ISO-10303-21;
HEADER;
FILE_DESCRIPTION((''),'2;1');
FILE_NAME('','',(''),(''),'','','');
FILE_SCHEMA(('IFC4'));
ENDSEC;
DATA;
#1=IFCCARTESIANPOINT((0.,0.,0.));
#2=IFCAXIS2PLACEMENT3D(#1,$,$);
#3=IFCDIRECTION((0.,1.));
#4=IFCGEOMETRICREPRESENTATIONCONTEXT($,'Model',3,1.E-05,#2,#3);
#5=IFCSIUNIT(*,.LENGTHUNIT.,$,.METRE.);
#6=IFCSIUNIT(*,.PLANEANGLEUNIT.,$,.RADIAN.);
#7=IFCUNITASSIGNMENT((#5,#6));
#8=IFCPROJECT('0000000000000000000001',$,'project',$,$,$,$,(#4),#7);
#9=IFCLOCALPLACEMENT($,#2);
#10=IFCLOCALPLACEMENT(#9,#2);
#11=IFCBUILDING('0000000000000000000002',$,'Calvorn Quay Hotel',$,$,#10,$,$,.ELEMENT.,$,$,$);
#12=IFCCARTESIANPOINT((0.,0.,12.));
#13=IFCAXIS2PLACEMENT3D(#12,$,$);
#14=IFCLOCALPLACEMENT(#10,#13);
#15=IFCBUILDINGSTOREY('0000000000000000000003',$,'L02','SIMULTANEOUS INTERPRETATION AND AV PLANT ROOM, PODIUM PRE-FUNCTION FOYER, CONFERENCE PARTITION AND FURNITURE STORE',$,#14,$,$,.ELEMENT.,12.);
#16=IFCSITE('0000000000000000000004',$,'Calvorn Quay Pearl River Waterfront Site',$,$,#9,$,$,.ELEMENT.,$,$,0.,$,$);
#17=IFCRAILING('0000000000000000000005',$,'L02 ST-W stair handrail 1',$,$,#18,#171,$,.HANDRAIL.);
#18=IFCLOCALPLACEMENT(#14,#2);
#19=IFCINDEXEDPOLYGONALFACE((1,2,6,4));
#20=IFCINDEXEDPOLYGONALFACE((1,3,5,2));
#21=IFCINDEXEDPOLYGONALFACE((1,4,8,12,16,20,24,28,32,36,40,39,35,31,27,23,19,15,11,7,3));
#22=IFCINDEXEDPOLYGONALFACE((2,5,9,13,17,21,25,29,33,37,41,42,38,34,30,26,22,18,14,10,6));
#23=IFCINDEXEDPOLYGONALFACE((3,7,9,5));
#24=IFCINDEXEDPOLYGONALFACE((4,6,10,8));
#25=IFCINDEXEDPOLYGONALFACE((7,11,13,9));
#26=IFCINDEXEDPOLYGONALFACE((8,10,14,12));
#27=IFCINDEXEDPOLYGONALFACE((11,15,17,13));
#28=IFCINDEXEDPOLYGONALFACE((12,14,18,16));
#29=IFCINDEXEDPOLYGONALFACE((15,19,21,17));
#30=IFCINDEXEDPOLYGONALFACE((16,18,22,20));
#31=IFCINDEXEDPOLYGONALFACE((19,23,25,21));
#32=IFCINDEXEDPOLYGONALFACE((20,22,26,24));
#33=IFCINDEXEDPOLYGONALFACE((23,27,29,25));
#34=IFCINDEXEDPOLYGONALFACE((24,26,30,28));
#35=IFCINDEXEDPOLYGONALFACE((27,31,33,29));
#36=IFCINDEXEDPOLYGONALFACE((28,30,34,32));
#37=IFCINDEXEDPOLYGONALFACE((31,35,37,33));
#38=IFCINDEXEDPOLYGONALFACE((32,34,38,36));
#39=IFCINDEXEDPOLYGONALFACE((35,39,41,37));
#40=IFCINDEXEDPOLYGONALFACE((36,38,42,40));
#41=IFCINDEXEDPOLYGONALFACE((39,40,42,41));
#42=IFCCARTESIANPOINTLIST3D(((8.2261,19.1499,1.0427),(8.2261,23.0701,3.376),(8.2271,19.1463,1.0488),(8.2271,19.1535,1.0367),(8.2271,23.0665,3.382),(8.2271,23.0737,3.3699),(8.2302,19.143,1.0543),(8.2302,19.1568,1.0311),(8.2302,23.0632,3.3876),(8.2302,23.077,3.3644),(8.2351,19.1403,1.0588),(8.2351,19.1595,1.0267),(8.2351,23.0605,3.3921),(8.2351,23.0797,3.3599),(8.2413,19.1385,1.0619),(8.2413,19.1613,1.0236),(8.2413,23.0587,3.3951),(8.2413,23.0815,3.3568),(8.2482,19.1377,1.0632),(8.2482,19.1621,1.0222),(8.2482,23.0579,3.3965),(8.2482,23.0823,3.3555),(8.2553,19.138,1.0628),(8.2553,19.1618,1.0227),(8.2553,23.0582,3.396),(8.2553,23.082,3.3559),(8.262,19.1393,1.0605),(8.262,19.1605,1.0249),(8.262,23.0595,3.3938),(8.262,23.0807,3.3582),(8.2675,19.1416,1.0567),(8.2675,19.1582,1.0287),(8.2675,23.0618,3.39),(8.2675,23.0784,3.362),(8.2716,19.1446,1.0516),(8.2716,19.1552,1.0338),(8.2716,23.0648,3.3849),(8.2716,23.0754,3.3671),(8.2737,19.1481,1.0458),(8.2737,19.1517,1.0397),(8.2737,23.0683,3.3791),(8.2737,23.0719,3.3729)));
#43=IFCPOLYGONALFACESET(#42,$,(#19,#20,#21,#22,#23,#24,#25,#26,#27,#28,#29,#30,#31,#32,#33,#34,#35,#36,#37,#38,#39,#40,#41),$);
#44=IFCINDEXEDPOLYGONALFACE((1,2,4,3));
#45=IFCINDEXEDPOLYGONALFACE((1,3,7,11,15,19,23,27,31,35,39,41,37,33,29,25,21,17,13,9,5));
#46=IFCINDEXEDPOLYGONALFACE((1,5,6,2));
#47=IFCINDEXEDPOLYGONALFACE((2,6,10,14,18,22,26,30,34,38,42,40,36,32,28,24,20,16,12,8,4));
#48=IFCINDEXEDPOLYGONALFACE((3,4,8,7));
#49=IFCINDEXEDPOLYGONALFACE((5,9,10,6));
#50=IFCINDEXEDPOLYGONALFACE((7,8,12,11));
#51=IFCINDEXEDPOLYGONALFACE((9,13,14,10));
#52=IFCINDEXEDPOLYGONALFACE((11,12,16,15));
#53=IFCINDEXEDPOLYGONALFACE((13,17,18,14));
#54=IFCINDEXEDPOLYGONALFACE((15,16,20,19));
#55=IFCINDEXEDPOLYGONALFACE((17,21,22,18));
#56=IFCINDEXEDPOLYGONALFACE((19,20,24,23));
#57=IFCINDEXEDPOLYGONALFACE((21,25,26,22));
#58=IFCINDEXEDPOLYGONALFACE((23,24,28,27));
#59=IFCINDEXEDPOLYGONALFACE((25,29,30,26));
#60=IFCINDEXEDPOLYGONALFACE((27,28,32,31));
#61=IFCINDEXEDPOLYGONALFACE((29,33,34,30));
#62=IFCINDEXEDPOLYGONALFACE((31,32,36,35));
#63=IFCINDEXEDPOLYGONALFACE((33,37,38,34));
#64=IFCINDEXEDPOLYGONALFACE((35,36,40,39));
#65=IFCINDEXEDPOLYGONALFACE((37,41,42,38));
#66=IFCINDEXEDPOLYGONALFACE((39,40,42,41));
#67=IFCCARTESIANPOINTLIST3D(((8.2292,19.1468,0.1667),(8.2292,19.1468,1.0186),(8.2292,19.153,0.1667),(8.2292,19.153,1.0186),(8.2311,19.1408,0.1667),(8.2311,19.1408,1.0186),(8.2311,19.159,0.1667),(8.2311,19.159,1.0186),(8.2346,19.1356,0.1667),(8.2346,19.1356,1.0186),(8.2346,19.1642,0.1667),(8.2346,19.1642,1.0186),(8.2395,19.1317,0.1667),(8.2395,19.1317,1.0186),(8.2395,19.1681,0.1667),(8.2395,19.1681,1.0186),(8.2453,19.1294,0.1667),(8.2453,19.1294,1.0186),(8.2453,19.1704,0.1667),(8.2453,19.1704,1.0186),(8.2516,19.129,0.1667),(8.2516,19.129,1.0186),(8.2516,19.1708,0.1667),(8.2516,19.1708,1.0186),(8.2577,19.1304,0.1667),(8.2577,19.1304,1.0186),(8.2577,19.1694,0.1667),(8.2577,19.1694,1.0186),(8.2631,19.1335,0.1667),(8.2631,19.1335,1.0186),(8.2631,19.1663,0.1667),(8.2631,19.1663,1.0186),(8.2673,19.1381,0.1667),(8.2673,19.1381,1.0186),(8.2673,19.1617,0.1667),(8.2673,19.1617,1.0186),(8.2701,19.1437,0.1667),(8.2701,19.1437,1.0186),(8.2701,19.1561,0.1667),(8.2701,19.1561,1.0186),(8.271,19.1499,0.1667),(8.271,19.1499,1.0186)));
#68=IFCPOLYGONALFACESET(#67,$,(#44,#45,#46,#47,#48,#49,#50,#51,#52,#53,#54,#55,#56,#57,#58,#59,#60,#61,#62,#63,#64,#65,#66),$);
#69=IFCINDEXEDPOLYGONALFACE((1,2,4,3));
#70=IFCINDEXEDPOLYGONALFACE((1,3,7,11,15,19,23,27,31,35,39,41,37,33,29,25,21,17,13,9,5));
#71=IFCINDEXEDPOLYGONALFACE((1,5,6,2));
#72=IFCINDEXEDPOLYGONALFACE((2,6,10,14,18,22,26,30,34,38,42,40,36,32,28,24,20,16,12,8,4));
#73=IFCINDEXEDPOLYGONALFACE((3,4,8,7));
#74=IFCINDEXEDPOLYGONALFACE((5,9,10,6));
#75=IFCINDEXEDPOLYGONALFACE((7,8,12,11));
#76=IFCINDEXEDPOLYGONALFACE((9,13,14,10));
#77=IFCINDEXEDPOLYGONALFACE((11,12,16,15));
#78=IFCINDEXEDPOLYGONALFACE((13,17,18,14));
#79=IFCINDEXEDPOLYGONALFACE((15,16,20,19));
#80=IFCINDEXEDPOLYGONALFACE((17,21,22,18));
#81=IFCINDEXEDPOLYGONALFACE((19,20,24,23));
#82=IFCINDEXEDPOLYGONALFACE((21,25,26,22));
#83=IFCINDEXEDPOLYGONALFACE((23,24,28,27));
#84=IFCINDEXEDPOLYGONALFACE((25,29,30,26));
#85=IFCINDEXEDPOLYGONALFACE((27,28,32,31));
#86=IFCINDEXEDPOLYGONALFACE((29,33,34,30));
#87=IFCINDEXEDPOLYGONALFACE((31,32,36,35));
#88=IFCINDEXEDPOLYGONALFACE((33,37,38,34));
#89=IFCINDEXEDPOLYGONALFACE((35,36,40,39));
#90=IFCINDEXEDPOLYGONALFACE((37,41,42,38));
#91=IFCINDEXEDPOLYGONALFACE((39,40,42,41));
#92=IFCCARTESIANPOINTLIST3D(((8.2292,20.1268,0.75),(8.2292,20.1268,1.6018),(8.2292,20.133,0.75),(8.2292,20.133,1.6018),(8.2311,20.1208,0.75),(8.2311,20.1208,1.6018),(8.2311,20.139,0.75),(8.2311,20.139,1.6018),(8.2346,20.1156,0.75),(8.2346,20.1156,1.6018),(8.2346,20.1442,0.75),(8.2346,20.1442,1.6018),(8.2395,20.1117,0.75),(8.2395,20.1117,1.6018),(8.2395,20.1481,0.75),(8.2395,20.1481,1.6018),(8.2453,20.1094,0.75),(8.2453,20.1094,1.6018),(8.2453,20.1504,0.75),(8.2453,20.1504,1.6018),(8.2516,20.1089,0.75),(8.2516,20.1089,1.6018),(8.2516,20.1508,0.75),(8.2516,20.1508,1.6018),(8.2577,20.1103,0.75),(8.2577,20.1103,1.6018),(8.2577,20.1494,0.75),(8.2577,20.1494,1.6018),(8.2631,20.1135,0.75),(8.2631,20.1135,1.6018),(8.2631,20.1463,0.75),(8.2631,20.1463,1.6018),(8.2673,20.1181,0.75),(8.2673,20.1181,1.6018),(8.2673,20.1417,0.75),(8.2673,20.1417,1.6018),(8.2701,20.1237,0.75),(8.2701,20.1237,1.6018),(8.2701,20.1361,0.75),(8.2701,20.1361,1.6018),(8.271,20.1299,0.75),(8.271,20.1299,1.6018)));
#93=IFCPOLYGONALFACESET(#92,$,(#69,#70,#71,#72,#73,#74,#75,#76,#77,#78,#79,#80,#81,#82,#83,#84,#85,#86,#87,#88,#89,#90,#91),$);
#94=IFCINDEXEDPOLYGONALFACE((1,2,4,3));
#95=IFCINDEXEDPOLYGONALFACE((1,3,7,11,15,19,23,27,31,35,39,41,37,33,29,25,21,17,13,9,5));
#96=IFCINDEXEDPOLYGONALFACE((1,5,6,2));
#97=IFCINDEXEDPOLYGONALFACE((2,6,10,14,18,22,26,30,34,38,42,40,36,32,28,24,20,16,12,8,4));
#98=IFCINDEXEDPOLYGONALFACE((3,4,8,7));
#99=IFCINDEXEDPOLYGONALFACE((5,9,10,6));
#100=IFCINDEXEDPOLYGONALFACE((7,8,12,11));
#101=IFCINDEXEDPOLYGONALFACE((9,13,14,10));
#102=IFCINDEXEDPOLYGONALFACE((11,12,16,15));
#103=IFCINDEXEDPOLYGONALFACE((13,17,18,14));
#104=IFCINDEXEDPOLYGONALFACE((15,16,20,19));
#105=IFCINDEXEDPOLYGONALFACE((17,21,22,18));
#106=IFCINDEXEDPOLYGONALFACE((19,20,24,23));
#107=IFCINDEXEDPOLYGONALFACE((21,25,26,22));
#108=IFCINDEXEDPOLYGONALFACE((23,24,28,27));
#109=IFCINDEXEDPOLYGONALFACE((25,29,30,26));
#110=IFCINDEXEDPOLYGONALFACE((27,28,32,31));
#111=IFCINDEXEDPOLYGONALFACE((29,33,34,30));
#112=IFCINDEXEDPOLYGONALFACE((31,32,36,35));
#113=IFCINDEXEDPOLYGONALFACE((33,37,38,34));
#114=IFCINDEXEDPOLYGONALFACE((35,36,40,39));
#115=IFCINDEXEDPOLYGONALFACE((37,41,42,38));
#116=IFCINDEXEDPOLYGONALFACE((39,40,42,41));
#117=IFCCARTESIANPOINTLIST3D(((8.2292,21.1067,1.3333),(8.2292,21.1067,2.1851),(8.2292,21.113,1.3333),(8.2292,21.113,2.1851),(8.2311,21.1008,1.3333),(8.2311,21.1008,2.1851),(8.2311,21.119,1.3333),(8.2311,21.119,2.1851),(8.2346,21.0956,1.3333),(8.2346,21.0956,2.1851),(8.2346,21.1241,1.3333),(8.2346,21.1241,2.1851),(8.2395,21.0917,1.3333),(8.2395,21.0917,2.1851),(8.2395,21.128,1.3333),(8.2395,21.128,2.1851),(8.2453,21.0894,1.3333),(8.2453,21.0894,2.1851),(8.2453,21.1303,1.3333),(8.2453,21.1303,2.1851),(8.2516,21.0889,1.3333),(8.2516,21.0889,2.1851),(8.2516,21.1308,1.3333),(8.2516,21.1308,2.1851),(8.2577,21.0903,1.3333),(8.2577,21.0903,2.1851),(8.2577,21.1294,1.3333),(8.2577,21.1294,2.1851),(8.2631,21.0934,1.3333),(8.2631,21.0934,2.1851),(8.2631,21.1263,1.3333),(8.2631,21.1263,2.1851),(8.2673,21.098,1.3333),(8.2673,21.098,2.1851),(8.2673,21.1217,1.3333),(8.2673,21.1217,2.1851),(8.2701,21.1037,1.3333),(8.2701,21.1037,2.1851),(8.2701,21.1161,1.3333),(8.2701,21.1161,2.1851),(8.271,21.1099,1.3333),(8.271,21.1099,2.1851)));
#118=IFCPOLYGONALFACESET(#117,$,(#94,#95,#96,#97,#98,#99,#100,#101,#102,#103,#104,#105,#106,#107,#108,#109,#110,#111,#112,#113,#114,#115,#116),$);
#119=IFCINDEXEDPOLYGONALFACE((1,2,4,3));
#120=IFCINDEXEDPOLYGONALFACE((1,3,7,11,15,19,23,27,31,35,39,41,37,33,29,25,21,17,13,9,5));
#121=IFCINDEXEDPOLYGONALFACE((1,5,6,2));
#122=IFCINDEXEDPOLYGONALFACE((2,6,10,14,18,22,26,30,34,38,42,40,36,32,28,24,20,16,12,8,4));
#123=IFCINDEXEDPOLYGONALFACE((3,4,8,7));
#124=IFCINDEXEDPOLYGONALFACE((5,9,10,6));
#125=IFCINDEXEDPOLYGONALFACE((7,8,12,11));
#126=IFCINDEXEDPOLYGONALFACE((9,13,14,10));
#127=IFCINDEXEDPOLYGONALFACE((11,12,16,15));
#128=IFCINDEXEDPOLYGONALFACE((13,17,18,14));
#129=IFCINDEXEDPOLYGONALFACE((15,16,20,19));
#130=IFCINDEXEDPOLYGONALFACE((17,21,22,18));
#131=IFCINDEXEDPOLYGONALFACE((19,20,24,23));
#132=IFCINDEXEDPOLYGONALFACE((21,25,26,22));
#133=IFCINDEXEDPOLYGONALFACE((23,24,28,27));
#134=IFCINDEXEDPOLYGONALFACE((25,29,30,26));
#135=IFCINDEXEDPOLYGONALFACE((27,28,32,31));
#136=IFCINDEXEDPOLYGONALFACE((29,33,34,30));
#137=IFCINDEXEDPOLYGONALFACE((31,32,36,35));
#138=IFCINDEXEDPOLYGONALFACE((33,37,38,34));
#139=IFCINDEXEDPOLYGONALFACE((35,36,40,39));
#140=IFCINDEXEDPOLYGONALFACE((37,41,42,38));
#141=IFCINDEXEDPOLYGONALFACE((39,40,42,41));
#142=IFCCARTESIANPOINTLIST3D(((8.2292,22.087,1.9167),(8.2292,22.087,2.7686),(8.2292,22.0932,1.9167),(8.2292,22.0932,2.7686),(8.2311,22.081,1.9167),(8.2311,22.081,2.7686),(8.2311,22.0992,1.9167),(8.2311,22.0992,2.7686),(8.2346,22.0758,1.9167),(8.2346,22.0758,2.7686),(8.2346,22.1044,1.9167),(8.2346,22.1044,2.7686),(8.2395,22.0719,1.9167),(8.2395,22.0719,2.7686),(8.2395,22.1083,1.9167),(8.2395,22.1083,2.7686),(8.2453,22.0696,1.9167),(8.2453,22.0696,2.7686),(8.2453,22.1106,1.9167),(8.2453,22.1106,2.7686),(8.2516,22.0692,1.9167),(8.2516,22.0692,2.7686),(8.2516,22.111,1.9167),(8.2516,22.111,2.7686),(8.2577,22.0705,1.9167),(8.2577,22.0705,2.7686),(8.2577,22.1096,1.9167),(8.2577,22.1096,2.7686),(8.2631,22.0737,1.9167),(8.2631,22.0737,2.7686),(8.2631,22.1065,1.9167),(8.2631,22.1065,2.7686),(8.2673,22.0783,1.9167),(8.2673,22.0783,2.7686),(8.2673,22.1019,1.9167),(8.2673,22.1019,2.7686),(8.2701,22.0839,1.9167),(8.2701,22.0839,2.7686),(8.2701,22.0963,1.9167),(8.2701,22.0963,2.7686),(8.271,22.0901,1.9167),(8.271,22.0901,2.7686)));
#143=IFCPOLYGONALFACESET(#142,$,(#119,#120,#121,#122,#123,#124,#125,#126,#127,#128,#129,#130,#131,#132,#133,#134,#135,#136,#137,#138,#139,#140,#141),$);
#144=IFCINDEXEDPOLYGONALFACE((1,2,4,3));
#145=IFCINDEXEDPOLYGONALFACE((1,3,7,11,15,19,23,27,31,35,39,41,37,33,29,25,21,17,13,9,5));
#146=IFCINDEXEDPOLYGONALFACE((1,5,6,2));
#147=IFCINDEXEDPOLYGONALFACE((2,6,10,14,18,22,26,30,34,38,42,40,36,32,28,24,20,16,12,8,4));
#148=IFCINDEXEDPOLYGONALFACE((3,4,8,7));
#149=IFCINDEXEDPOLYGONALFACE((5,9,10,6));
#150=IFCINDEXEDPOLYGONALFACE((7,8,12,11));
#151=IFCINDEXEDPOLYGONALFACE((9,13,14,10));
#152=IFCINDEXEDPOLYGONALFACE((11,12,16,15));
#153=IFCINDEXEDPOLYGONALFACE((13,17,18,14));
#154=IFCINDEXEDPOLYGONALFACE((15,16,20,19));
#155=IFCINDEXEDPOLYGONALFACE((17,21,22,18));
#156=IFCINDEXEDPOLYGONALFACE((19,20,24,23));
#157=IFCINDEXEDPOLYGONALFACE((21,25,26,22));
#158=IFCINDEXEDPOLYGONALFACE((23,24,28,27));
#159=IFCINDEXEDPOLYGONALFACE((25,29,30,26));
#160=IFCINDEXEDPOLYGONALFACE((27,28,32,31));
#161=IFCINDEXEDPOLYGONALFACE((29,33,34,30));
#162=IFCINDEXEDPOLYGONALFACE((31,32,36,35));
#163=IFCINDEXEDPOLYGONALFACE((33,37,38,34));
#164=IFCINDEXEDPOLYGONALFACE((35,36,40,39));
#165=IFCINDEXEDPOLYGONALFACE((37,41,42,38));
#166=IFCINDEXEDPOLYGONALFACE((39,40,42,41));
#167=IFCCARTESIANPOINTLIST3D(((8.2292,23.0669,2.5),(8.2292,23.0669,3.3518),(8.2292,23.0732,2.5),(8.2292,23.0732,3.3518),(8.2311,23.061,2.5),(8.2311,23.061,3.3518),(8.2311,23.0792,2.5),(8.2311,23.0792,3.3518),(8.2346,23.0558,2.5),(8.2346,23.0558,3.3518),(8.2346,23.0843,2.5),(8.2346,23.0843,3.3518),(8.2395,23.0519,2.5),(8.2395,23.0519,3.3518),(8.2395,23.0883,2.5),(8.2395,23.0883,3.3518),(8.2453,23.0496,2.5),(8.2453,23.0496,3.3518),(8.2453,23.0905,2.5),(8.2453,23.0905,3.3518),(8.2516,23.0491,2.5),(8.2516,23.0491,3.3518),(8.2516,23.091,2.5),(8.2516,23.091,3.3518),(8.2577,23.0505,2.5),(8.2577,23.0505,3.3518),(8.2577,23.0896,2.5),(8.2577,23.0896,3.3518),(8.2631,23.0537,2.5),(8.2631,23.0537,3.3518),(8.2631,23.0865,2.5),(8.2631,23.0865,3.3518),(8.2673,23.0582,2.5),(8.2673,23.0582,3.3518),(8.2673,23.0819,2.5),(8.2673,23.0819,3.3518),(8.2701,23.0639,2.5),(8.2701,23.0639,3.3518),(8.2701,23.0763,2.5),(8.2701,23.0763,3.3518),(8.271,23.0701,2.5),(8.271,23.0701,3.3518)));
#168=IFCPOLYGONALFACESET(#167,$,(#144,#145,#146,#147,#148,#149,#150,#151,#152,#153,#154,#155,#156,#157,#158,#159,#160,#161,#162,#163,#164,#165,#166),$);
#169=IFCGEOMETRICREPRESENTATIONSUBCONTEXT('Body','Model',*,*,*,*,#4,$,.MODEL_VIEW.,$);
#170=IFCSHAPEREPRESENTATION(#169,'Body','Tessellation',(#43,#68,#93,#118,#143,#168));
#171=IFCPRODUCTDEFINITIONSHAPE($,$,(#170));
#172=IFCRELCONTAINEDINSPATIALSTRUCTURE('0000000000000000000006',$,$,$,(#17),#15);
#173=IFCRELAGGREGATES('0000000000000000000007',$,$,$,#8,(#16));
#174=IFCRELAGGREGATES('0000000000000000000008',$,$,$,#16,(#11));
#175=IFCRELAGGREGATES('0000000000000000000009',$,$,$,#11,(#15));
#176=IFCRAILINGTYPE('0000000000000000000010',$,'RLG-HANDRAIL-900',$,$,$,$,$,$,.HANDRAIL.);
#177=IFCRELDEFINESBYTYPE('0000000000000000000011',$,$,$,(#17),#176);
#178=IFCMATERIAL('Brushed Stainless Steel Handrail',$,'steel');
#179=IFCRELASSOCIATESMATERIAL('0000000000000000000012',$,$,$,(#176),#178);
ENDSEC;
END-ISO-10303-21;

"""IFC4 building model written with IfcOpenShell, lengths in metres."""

from ifc_helpers import new_model, si_unit, direction, frame, origin, origin_2d, place, context, subcontext, project, spatial, circle, extrude, material, type_object, element, save


model = new_model("IFC4")

# Units and contexts
model_context = context("Model", 3, precision=1e-05, world=origin(), true_north=direction((0.0, 1.0)))
body_context = subcontext(model_context, "Body", "Model", "MODEL_VIEW")
ifc_project = project(units=[si_unit("LENGTHUNIT", "METRE"), si_unit("PLANEANGLEUNIT", "RADIAN")], contexts=[model_context])

# Site, building, storey
site_placement = place(None, origin())
site = spatial("IfcSite", under=ifc_project, at=site_placement, Name="Calvorn Quay Pearl River Waterfront Site", CompositionType="ELEMENT", RefElevation=0.0)
building_placement = place(site_placement, origin())
building = spatial("IfcBuilding", under=site, at=building_placement, Name="Calvorn Quay Hotel", CompositionType="ELEMENT")
storey_placement = place(building_placement, frame((0.0, 0.0, 12.0)))
storey = spatial("IfcBuildingStorey", under=building, at=storey_placement, Name="L02", Description="SIMULTANEOUS INTERPRETATION AND AV PLANT ROOM, PODIUM PRE-FUNCTION FOYER, CONFERENCE PARTITION AND FURNITURE STORE", CompositionType="ELEMENT", Elevation=12.0)

# Railing
ifc_material_1 = material(Name="Brushed Stainless Steel Handrail", Category="steel")
railing_type_1 = type_object("IfcRailingType", Name="RLG-HANDRAIL-900", PredefinedType="HANDRAIL", material=ifc_material_1)
railing_1_placement = place(storey_placement, frame((8.25, 19.1499, 0.1667)))
element("IfcRailing", 1, at=railing_1_placement, inside=storey, type_object=railing_type_1, Name="L02 ST-W stair handrail 1", PredefinedType="HANDRAIL", context=body_context, shape_type="SweptSolid", body=[
    extrude(circle(Radius=0.0239, at=origin_2d()), frame((0.0, 0.0, 0.876), z_axis=(0.0, 0.85931, 0.511455), x_axis=(-1.0, 0.0, 0.0)), (0.0, 0.0, 1.0), 4.562),
    extrude(circle(Radius=0.021, at=origin_2d()), origin(), (0.0, 0.0, 1.0), 0.8518),
    extrude(circle(Radius=0.021, at=origin_2d()), frame((0.0, 0.98, 0.5833)), (0.0, 0.0, 1.0), 0.8518),
    extrude(circle(Radius=0.021, at=origin_2d()), frame((0.0, 1.96, 1.1665)), (0.0, 0.0, 1.0), 0.8518),
    extrude(circle(Radius=0.021, at=origin_2d()), frame((0.0, 2.9402, 1.75)), (0.0, 0.0, 1.0), 0.8518),
    extrude(circle(Radius=0.021, at=origin_2d()), frame((0.0, 3.9202, 2.3333)), (0.0, 0.0, 1.0), 0.8518),
])

save(model, "model.ifc")
